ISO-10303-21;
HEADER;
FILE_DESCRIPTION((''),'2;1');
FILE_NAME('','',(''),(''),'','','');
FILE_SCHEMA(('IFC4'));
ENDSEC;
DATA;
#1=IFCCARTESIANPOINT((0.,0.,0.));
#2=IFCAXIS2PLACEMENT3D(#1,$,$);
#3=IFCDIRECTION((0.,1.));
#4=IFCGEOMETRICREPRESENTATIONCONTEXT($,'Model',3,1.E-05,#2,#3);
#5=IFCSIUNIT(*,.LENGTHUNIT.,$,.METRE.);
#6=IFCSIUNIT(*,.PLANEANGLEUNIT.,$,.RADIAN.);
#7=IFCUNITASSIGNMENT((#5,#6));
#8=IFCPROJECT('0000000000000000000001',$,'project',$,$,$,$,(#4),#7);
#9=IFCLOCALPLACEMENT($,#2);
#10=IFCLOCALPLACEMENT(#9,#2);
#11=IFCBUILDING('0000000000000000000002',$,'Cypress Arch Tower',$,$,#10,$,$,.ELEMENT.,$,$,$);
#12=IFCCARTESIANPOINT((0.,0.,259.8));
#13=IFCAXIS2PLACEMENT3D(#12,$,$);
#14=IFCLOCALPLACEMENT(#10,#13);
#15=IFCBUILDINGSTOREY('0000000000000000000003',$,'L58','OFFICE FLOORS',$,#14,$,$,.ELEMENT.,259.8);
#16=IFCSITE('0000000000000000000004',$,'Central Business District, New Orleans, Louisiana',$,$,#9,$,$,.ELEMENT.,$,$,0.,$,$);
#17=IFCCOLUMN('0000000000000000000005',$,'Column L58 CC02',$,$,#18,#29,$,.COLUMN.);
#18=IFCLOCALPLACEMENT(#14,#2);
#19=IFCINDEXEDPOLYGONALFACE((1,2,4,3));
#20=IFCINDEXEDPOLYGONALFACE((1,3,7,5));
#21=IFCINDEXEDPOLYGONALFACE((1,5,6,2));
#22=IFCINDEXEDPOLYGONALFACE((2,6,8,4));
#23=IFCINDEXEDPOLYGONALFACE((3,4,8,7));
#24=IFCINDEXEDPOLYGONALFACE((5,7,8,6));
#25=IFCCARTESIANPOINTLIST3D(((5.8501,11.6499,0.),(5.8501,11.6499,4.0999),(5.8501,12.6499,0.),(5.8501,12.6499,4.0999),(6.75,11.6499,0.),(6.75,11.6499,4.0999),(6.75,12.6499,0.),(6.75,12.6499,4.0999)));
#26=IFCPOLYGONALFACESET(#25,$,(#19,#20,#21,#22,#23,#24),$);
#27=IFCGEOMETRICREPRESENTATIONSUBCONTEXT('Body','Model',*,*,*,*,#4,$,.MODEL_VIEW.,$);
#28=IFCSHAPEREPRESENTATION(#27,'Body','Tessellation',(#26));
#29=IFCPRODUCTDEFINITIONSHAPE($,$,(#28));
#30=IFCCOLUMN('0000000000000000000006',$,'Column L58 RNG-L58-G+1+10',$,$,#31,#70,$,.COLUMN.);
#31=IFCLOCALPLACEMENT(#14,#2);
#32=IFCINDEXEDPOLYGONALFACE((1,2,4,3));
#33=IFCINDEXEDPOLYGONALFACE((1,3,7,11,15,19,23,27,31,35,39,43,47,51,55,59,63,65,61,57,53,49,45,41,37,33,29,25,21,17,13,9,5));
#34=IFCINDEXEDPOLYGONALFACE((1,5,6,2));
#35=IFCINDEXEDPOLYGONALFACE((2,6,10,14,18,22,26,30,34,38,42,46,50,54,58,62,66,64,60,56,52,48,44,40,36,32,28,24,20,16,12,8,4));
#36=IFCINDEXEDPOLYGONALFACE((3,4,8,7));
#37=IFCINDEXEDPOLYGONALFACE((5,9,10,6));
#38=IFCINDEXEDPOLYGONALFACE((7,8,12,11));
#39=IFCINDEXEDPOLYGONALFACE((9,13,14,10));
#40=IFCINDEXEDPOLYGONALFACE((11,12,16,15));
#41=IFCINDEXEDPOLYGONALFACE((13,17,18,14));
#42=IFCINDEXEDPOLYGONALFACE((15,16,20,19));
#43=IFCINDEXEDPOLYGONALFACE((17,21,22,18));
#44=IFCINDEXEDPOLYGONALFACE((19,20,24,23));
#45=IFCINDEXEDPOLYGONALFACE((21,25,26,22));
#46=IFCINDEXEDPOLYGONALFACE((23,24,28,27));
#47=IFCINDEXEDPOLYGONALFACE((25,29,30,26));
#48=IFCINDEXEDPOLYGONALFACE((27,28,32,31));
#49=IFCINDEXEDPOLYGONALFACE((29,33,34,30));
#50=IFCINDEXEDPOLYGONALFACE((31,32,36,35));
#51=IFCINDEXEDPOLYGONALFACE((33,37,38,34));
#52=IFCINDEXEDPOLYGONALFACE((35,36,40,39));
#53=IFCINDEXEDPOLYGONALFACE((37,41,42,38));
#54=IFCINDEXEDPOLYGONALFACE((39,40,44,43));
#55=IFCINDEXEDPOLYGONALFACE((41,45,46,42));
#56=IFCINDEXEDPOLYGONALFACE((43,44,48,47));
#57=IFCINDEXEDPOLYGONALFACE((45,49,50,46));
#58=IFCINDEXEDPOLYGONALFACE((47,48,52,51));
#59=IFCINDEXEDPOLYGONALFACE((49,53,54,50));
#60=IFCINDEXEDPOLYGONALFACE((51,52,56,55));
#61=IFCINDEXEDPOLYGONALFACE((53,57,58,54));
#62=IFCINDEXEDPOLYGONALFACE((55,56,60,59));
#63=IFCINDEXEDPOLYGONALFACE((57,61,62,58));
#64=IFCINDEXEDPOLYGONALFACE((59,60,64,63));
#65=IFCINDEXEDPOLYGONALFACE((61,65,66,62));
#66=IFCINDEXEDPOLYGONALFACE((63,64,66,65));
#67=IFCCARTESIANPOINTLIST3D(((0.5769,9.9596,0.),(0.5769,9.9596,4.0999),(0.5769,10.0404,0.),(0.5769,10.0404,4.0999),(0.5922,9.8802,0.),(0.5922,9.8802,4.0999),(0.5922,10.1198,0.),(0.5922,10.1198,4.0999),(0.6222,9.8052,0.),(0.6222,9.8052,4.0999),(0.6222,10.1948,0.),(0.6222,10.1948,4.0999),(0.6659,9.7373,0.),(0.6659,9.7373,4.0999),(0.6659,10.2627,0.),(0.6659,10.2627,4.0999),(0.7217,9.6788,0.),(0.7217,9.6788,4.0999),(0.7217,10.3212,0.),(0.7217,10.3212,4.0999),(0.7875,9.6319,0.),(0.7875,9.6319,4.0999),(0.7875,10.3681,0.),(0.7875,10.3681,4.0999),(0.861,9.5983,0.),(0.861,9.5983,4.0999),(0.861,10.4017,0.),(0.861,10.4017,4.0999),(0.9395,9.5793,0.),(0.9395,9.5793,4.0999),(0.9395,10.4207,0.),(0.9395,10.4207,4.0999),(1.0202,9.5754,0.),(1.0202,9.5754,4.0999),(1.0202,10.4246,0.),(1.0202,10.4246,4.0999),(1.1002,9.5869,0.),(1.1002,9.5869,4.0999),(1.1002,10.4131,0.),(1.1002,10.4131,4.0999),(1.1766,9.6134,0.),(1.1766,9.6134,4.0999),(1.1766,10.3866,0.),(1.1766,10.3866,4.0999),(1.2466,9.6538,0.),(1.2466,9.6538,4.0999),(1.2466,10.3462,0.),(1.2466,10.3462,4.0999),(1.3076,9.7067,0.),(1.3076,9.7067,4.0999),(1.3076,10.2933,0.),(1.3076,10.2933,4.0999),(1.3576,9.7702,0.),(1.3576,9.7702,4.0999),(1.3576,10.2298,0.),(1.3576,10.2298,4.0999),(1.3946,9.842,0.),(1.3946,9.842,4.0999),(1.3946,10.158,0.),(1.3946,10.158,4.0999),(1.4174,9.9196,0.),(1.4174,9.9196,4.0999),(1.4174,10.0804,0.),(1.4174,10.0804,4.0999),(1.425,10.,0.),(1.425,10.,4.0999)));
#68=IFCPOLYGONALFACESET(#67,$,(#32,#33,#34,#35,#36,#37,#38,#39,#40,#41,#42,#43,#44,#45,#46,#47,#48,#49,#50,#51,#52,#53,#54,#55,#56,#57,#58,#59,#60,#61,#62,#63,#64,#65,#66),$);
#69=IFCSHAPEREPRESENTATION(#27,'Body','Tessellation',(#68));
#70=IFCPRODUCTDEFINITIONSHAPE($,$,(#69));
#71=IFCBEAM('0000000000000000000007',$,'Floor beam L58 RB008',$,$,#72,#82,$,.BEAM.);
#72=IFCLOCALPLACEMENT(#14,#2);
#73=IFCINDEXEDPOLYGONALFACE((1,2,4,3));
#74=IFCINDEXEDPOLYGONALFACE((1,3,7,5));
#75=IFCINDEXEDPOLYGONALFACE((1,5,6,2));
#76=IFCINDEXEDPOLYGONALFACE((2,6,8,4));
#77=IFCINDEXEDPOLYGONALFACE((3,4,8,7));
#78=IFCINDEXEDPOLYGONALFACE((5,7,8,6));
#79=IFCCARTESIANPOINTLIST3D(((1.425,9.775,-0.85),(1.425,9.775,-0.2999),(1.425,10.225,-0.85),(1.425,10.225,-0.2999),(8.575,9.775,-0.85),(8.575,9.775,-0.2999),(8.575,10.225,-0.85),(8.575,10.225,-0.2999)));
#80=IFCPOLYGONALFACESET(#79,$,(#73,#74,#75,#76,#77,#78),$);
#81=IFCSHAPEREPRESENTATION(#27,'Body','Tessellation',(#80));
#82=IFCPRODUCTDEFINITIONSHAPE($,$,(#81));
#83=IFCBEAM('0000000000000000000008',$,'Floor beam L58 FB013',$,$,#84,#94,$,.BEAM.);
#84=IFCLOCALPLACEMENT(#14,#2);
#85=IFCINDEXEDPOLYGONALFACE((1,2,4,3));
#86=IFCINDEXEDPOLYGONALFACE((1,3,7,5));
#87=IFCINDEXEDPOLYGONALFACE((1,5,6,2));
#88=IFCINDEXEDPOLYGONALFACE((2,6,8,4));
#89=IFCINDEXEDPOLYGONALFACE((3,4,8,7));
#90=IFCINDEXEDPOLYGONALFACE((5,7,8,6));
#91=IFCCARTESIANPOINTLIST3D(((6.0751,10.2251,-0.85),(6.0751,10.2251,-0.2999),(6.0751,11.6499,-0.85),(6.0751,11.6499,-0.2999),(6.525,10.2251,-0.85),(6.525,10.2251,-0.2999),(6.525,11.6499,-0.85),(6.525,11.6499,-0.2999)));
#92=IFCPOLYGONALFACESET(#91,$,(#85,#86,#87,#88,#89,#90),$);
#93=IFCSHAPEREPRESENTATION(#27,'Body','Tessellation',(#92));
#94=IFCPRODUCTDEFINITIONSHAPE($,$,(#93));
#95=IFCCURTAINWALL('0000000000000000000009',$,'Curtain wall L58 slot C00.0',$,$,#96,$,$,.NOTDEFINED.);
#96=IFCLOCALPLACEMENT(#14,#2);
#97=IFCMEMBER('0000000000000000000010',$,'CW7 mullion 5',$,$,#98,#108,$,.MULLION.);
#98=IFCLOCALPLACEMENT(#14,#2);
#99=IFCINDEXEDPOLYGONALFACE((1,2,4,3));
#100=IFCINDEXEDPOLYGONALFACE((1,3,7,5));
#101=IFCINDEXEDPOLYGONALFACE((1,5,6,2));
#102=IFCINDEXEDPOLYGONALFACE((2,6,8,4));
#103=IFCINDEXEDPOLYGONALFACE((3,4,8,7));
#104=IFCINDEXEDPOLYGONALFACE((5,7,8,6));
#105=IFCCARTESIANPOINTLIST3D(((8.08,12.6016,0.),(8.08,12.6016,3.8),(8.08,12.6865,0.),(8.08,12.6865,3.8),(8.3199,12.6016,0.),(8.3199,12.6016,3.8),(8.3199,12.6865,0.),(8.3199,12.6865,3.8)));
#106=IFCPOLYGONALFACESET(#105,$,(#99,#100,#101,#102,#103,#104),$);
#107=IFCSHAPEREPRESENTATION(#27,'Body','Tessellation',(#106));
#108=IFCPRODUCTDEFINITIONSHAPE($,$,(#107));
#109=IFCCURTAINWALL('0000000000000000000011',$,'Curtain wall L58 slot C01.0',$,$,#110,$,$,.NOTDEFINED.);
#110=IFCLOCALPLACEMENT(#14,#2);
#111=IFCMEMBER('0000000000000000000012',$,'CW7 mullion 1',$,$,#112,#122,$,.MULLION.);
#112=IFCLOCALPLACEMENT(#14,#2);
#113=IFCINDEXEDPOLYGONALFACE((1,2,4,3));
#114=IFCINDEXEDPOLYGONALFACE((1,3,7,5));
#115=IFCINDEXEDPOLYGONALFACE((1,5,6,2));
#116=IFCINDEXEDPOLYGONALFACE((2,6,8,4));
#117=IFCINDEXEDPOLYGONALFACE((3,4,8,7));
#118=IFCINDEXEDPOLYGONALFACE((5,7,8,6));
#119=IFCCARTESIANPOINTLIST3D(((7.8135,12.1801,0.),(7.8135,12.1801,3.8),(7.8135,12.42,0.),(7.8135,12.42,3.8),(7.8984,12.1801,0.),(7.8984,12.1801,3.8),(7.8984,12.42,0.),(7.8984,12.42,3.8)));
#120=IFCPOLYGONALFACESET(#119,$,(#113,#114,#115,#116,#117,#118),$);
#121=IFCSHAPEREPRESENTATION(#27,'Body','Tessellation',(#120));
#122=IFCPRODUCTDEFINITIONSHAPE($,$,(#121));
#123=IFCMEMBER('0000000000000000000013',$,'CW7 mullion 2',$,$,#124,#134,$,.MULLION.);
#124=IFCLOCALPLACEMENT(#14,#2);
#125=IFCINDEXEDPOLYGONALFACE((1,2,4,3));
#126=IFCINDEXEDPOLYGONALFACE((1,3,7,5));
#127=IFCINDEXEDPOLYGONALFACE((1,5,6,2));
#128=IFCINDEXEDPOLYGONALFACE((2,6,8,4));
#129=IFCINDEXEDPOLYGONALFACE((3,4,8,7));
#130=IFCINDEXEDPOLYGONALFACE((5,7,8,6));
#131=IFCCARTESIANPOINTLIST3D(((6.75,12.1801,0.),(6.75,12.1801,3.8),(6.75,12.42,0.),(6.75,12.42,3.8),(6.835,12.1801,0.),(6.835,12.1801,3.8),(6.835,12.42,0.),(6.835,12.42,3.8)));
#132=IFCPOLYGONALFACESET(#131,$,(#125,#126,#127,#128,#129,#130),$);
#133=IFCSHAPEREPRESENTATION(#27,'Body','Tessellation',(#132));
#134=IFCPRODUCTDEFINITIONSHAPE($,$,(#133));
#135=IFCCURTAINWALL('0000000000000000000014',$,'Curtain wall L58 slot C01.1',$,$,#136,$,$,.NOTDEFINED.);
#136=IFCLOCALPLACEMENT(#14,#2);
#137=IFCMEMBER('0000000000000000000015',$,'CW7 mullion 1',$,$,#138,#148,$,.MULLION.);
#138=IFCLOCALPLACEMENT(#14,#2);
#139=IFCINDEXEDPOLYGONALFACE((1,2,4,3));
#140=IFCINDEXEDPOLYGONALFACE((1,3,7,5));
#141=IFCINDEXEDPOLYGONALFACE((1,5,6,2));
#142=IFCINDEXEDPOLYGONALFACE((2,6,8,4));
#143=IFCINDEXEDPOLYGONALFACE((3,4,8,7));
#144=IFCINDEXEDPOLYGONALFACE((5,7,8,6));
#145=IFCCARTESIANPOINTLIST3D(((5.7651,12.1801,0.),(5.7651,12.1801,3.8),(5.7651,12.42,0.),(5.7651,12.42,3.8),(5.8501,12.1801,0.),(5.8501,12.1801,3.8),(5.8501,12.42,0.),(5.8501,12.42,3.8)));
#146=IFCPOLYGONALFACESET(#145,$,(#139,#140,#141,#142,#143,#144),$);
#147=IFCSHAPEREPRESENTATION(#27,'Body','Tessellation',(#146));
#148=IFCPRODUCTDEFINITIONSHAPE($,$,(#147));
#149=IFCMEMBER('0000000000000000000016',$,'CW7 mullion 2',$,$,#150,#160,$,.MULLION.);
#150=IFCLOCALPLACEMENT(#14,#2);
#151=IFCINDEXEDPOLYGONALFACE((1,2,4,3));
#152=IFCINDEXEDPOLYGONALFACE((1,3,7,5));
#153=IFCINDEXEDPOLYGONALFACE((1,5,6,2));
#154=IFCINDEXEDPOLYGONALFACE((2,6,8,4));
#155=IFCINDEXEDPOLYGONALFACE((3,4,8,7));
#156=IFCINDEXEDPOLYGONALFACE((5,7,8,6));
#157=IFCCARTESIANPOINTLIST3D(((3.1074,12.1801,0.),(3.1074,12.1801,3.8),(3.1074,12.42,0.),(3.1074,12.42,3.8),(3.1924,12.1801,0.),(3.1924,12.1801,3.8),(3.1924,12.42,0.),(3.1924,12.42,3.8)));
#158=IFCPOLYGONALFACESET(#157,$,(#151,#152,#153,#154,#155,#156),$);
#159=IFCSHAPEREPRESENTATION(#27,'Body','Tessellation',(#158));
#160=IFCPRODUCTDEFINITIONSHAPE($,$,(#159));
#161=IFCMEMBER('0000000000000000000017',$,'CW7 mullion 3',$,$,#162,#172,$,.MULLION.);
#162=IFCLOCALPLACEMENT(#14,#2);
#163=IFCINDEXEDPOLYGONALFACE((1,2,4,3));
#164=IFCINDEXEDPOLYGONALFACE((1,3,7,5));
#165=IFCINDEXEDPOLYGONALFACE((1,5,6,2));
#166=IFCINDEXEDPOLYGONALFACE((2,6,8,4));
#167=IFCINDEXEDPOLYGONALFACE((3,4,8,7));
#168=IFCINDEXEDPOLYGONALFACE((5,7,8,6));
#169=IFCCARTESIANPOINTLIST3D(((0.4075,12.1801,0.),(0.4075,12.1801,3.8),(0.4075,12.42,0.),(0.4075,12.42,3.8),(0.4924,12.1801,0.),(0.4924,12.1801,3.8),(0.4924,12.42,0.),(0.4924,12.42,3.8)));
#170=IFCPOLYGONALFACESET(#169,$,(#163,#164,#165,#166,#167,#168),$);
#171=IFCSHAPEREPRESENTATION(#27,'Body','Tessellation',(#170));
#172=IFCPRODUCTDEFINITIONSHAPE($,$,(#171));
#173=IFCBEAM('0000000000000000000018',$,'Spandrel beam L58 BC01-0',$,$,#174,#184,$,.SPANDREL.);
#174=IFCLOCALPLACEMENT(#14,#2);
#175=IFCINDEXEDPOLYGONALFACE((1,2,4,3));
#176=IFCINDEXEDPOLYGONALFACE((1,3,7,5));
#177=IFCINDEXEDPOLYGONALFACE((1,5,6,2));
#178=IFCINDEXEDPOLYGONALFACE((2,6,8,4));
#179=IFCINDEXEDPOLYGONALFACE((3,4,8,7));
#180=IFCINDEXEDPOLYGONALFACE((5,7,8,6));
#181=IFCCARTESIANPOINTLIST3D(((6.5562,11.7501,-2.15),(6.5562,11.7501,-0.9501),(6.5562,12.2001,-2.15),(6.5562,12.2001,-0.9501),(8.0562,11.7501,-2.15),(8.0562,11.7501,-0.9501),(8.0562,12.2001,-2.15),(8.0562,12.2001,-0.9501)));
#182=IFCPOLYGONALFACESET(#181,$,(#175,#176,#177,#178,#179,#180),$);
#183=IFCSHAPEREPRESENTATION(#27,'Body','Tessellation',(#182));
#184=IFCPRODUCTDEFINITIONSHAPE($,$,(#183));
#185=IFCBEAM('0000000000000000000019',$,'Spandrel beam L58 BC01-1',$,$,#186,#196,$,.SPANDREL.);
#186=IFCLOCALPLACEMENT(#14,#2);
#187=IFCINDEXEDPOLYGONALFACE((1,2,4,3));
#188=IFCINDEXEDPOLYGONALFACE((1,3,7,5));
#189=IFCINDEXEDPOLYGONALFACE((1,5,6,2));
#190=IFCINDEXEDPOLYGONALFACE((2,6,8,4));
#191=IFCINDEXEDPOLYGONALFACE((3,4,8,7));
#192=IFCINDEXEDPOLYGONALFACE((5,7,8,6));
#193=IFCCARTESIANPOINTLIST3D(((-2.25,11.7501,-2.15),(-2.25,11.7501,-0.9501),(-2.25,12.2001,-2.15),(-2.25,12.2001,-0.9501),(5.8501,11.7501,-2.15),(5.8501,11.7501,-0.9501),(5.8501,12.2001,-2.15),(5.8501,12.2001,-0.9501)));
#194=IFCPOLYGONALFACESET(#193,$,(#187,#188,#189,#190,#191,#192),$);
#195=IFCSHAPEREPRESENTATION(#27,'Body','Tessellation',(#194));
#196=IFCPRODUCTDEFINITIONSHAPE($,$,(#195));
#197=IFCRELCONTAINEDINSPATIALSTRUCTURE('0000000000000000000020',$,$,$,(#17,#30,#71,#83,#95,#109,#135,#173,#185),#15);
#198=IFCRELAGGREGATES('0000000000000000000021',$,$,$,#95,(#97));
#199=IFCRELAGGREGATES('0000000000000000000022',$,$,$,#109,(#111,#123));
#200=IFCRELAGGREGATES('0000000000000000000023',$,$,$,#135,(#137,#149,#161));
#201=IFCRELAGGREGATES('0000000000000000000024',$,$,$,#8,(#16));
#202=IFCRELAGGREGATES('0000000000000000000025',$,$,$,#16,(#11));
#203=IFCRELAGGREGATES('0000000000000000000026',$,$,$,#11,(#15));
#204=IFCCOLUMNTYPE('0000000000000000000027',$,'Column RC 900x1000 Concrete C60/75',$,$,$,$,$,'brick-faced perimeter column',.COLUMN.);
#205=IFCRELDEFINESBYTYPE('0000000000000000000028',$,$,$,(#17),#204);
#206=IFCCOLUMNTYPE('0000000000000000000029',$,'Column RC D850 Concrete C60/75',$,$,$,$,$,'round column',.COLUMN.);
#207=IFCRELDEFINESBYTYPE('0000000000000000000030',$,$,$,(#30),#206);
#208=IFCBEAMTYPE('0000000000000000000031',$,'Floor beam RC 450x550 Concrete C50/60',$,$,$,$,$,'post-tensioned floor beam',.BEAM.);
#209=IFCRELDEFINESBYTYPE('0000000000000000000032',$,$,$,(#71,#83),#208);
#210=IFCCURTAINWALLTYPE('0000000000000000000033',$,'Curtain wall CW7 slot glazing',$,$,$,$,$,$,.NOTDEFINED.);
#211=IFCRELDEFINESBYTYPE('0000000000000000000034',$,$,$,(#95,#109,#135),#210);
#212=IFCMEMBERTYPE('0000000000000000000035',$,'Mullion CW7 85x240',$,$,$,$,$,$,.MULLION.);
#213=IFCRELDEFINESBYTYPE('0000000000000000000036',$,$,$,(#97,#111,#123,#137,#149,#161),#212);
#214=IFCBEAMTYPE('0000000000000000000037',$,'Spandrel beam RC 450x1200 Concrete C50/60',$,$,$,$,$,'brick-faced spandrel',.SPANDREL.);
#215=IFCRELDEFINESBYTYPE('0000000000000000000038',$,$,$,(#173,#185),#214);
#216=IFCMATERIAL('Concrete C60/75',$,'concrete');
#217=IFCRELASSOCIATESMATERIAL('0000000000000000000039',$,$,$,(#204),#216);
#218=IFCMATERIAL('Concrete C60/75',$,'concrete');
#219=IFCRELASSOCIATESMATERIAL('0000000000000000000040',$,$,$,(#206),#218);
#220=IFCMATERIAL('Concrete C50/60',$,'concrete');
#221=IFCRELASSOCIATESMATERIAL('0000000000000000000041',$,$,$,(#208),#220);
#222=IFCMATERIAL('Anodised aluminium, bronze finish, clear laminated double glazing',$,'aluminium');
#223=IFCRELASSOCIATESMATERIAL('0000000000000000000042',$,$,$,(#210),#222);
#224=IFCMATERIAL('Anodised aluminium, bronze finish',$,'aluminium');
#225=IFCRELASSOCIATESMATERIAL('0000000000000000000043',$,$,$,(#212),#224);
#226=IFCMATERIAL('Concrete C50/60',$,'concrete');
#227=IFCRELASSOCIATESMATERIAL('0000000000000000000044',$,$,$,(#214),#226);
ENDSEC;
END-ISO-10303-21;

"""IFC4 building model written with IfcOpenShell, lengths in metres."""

from ifc_helpers import new_model, si_unit, direction, frame, origin, origin_2d, place, context, subcontext, project, spatial, rectangle, circle, extrude, material, material_profile, profile_set, type_object, element, aggregate, save


model = new_model("IFC4")

# Units and contexts
model_context = context("Model", 3, precision=1e-05, world=origin(), true_north=direction((0.0, 1.0)))
body_context = subcontext(model_context, "Body", "Model", "MODEL_VIEW")
ifc_project = project(units=[si_unit("LENGTHUNIT", "METRE"), si_unit("PLANEANGLEUNIT", "RADIAN")], contexts=[model_context])

# Site, building, storey
site_placement = place(None, origin())
site = spatial("IfcSite", under=ifc_project, at=site_placement, Name="Central Business District, New Orleans, Louisiana", CompositionType="ELEMENT", RefElevation=0.0)
building_placement = place(site_placement, origin())
building = spatial("IfcBuilding", under=site, at=building_placement, Name="Cypress Arch Tower", CompositionType="ELEMENT")
storey_placement = place(building_placement, frame((0.0, 0.0, 259.8)))
storey = spatial("IfcBuildingStorey", under=building, at=storey_placement, Name="L58", Description="OFFICE FLOORS", CompositionType="ELEMENT", Elevation=259.8)

# Columns
ifc_material_1 = material(Name="Concrete C60/75", Category="concrete")
ifc_material_profile_1 = material_profile(ifc_material_1, rectangle(XDim=0.8999, YDim=1.0, at=origin_2d()), Name="RC 900x1000")
ifc_profile_set_1 = profile_set([ifc_material_profile_1], Name="Concrete C60/75")
column_type_1 = type_object("IfcColumnType", Name="Column RC 900x1000 Concrete C60/75", ElementType="brick-faced perimeter column", PredefinedType="COLUMN", material=ifc_profile_set_1)
column_1_placement = place(storey_placement, frame((6.3, 12.1499, 0.0), z_axis=(0.0, 0.0, 1.0), x_axis=(-1.0, 0.0, 0.0)))
element("IfcColumn", 1, at=column_1_placement, inside=storey, type_object=column_type_1, Name="Column L58 CC02", PredefinedType="COLUMN", context=body_context, shape_type="SweptSolid", body=[
    extrude(rectangle(XDim=0.8999, YDim=1.0, at=origin_2d()), origin(), (0.0, 0.0, 1.0), 4.0999),
])
ifc_material_2 = material(Name="Concrete C60/75", Category="concrete")
ifc_material_profile_2 = material_profile(ifc_material_2, circle(Radius=0.425, at=origin_2d()), Name="RC D850")
ifc_profile_set_2 = profile_set([ifc_material_profile_2], Name="Concrete C60/75")
column_type_2 = type_object("IfcColumnType", Name="Column RC D850 Concrete C60/75", ElementType="round column", PredefinedType="COLUMN", material=ifc_profile_set_2)
column_2_placement = place(storey_placement, frame((1.0, 10.0, 0.0), z_axis=(0.0, 0.0, 1.0), x_axis=(1.0, 0.0, 0.0)))
element("IfcColumn", 2, at=column_2_placement, inside=storey, type_object=column_type_2, Name="Column L58 RNG-L58-G+1+10", PredefinedType="COLUMN", context=body_context, shape_type="SweptSolid", body=[
    extrude(circle(Radius=0.425, at=origin_2d()), origin(), (0.0, 0.0, 1.0), 4.0999),
])

# Beams
ifc_material_3 = material(Name="Concrete C50/60", Category="concrete")
ifc_material_profile_3 = material_profile(ifc_material_3, rectangle(XDim=0.45, YDim=0.55, at=origin_2d()), Name="RC 450x550")
ifc_profile_set_3 = profile_set([ifc_material_profile_3], Name="Concrete C50/60")
beam_type_1 = type_object("IfcBeamType", Name="Floor beam RC 450x550 Concrete C50/60", ElementType="post-tensioned floor beam", PredefinedType="BEAM", material=ifc_profile_set_3)
beam_1_placement = place(storey_placement, frame((1.425, 10.0, -0.575), z_axis=(1.0, 0.0, 0.0), x_axis=(0.0, 1.0, 0.0)))
element("IfcBeam", 3, at=beam_1_placement, inside=storey, type_object=beam_type_1, Name="Floor beam L58 RB008", PredefinedType="BEAM", context=body_context, shape_type="SweptSolid", body=[
    extrude(rectangle(XDim=0.45, YDim=0.55, at=origin_2d()), origin(), (0.0, 0.0, 1.0), 7.1499),
])
beam_2_placement = place(storey_placement, frame((6.3, 10.2251, -0.575), z_axis=(0.0, 1.0, 0.0), x_axis=(-1.0, 0.0, 0.0)))
element("IfcBeam", 4, at=beam_2_placement, inside=storey, type_object=beam_type_1, Name="Floor beam L58 FB013", PredefinedType="BEAM", context=body_context, shape_type="SweptSolid", body=[
    extrude(rectangle(XDim=0.45, YDim=0.55, at=origin_2d()), origin(), (0.0, 0.0, 1.0), 1.4248),
])

# Curtain wall, member
ifc_material_4 = material(Name="Anodised aluminium, bronze finish, clear laminated double glazing", Category="aluminium")
curtain_wall_type = type_object("IfcCurtainWallType", Name="Curtain wall CW7 slot glazing", PredefinedType="NOTDEFINED", material=ifc_material_4)
curtain_wall_1_placement = place(storey_placement, origin())
curtain_wall_1 = element("IfcCurtainWall", 5, at=curtain_wall_1_placement, inside=storey, type_object=curtain_wall_type, Name="Curtain wall L58 slot C00.0", PredefinedType="NOTDEFINED")
ifc_material_5 = material(Name="Anodised aluminium, bronze finish", Category="aluminium")
ifc_material_profile_4 = material_profile(ifc_material_5, rectangle(XDim=0.24, YDim=0.085, at=origin_2d()), Name="Mullion 85x240")
ifc_profile_set_4 = profile_set([ifc_material_profile_4], Name="Anodised aluminium, bronze finish")
member_type_1 = type_object("IfcMemberType", Name="Mullion CW7 85x240", PredefinedType="MULLION", material=ifc_profile_set_4)
member_1_placement = place(storey_placement, frame((8.2, 12.644, 0.0), z_axis=(0.0, 0.0, 1.0), x_axis=(1.0, 0.0, 0.0)))
member_1 = element("IfcMember", 6, at=member_1_placement, type_object=member_type_1, Name="CW7 mullion 5", PredefinedType="MULLION", context=body_context, shape_type="SweptSolid", body=[
    extrude(rectangle(XDim=0.24, YDim=0.085, at=origin_2d()), origin(), (0.0, 0.0, 1.0), 3.8),
])

# Curtain walls, members
curtain_wall_2_placement = place(storey_placement, origin())
curtain_wall_2 = element("IfcCurtainWall", 7, at=curtain_wall_2_placement, inside=storey, type_object=curtain_wall_type, Name="Curtain wall L58 slot C01.0", PredefinedType="NOTDEFINED")
member_2_placement = place(storey_placement, frame((7.856, 12.3, 0.0), z_axis=(0.0, 0.0, 1.0), x_axis=(0.0, -1.0, 0.0)))
member_2 = element("IfcMember", 8, at=member_2_placement, type_object=member_type_1, Name="CW7 mullion 1", PredefinedType="MULLION", context=body_context, shape_type="SweptSolid", body=[
    extrude(rectangle(XDim=0.24, YDim=0.085, at=origin_2d()), origin(), (0.0, 0.0, 1.0), 3.8),
])
member_3_placement = place(storey_placement, frame((6.7925, 12.3, 0.0), z_axis=(0.0, 0.0, 1.0), x_axis=(0.0, -1.0, 0.0)))
member_3 = element("IfcMember", 9, at=member_3_placement, type_object=member_type_1, Name="CW7 mullion 2", PredefinedType="MULLION", context=body_context, shape_type="SweptSolid", body=[
    extrude(rectangle(XDim=0.24, YDim=0.085, at=origin_2d()), origin(), (0.0, 0.0, 1.0), 3.8),
])
curtain_wall_3_placement = place(storey_placement, origin())
curtain_wall_3 = element("IfcCurtainWall", 10, at=curtain_wall_3_placement, inside=storey, type_object=curtain_wall_type, Name="Curtain wall L58 slot C01.1", PredefinedType="NOTDEFINED")
member_4_placement = place(storey_placement, frame((5.8076, 12.3, 0.0), z_axis=(0.0, 0.0, 1.0), x_axis=(0.0, -1.0, 0.0)))
member_4 = element("IfcMember", 11, at=member_4_placement, type_object=member_type_1, Name="CW7 mullion 1", PredefinedType="MULLION", context=body_context, shape_type="SweptSolid", body=[
    extrude(rectangle(XDim=0.24, YDim=0.085, at=origin_2d()), origin(), (0.0, 0.0, 1.0), 3.8),
])
member_5_placement = place(storey_placement, frame((3.1499, 12.3, 0.0), z_axis=(0.0, 0.0, 1.0), x_axis=(0.0, -1.0, 0.0)))
member_5 = element("IfcMember", 12, at=member_5_placement, type_object=member_type_1, Name="CW7 mullion 2", PredefinedType="MULLION", context=body_context, shape_type="SweptSolid", body=[
    extrude(rectangle(XDim=0.24, YDim=0.085, at=origin_2d()), origin(), (0.0, 0.0, 1.0), 3.8),
])
member_6_placement = place(storey_placement, frame((0.45, 12.3, 0.0), z_axis=(0.0, 0.0, 1.0), x_axis=(0.0, -1.0, 0.0)))
member_6 = element("IfcMember", 13, at=member_6_placement, type_object=member_type_1, Name="CW7 mullion 3", PredefinedType="MULLION", context=body_context, shape_type="SweptSolid", body=[
    extrude(rectangle(XDim=0.24, YDim=0.085, at=origin_2d()), origin(), (0.0, 0.0, 1.0), 3.8),
])

# Beams
ifc_material_6 = material(Name="Concrete C50/60", Category="concrete")
ifc_material_profile_5 = material_profile(ifc_material_6, rectangle(XDim=0.45, YDim=1.2, at=origin_2d()), Name="RC 450x1200")
ifc_profile_set_5 = profile_set([ifc_material_profile_5], Name="Concrete C50/60")
beam_type_2 = type_object("IfcBeamType", Name="Spandrel beam RC 450x1200 Concrete C50/60", ElementType="brick-faced spandrel", PredefinedType="SPANDREL", material=ifc_profile_set_5)
beam_3_placement = place(storey_placement, frame((8.0562, 11.9751, -1.55), z_axis=(-1.0, 0.0, 0.0), x_axis=(0.0, -1.0, 0.0)))
element("IfcBeam", 14, at=beam_3_placement, inside=storey, type_object=beam_type_2, Name="Spandrel beam L58 BC01-0", PredefinedType="SPANDREL", context=body_context, shape_type="SweptSolid", body=[
    extrude(rectangle(XDim=0.45, YDim=1.2, at=origin_2d()), origin(), (0.0, 0.0, 1.0), 1.5),
])
beam_4_placement = place(storey_placement, frame((5.8501, 11.9751, -1.55), z_axis=(-1.0, 0.0, 0.0), x_axis=(0.0, -1.0, 0.0)))
element("IfcBeam", 15, at=beam_4_placement, inside=storey, type_object=beam_type_2, Name="Spandrel beam L58 BC01-1", PredefinedType="SPANDREL", context=body_context, shape_type="SweptSolid", body=[
    extrude(rectangle(XDim=0.45, YDim=1.2, at=origin_2d()), origin(), (0.0, 0.0, 1.0), 8.1001),
])

aggregate(curtain_wall_1, [member_1])
aggregate(curtain_wall_2, [member_2, member_3])
aggregate(curtain_wall_3, [member_4, member_5, member_6])

save(model, "model.ifc")
